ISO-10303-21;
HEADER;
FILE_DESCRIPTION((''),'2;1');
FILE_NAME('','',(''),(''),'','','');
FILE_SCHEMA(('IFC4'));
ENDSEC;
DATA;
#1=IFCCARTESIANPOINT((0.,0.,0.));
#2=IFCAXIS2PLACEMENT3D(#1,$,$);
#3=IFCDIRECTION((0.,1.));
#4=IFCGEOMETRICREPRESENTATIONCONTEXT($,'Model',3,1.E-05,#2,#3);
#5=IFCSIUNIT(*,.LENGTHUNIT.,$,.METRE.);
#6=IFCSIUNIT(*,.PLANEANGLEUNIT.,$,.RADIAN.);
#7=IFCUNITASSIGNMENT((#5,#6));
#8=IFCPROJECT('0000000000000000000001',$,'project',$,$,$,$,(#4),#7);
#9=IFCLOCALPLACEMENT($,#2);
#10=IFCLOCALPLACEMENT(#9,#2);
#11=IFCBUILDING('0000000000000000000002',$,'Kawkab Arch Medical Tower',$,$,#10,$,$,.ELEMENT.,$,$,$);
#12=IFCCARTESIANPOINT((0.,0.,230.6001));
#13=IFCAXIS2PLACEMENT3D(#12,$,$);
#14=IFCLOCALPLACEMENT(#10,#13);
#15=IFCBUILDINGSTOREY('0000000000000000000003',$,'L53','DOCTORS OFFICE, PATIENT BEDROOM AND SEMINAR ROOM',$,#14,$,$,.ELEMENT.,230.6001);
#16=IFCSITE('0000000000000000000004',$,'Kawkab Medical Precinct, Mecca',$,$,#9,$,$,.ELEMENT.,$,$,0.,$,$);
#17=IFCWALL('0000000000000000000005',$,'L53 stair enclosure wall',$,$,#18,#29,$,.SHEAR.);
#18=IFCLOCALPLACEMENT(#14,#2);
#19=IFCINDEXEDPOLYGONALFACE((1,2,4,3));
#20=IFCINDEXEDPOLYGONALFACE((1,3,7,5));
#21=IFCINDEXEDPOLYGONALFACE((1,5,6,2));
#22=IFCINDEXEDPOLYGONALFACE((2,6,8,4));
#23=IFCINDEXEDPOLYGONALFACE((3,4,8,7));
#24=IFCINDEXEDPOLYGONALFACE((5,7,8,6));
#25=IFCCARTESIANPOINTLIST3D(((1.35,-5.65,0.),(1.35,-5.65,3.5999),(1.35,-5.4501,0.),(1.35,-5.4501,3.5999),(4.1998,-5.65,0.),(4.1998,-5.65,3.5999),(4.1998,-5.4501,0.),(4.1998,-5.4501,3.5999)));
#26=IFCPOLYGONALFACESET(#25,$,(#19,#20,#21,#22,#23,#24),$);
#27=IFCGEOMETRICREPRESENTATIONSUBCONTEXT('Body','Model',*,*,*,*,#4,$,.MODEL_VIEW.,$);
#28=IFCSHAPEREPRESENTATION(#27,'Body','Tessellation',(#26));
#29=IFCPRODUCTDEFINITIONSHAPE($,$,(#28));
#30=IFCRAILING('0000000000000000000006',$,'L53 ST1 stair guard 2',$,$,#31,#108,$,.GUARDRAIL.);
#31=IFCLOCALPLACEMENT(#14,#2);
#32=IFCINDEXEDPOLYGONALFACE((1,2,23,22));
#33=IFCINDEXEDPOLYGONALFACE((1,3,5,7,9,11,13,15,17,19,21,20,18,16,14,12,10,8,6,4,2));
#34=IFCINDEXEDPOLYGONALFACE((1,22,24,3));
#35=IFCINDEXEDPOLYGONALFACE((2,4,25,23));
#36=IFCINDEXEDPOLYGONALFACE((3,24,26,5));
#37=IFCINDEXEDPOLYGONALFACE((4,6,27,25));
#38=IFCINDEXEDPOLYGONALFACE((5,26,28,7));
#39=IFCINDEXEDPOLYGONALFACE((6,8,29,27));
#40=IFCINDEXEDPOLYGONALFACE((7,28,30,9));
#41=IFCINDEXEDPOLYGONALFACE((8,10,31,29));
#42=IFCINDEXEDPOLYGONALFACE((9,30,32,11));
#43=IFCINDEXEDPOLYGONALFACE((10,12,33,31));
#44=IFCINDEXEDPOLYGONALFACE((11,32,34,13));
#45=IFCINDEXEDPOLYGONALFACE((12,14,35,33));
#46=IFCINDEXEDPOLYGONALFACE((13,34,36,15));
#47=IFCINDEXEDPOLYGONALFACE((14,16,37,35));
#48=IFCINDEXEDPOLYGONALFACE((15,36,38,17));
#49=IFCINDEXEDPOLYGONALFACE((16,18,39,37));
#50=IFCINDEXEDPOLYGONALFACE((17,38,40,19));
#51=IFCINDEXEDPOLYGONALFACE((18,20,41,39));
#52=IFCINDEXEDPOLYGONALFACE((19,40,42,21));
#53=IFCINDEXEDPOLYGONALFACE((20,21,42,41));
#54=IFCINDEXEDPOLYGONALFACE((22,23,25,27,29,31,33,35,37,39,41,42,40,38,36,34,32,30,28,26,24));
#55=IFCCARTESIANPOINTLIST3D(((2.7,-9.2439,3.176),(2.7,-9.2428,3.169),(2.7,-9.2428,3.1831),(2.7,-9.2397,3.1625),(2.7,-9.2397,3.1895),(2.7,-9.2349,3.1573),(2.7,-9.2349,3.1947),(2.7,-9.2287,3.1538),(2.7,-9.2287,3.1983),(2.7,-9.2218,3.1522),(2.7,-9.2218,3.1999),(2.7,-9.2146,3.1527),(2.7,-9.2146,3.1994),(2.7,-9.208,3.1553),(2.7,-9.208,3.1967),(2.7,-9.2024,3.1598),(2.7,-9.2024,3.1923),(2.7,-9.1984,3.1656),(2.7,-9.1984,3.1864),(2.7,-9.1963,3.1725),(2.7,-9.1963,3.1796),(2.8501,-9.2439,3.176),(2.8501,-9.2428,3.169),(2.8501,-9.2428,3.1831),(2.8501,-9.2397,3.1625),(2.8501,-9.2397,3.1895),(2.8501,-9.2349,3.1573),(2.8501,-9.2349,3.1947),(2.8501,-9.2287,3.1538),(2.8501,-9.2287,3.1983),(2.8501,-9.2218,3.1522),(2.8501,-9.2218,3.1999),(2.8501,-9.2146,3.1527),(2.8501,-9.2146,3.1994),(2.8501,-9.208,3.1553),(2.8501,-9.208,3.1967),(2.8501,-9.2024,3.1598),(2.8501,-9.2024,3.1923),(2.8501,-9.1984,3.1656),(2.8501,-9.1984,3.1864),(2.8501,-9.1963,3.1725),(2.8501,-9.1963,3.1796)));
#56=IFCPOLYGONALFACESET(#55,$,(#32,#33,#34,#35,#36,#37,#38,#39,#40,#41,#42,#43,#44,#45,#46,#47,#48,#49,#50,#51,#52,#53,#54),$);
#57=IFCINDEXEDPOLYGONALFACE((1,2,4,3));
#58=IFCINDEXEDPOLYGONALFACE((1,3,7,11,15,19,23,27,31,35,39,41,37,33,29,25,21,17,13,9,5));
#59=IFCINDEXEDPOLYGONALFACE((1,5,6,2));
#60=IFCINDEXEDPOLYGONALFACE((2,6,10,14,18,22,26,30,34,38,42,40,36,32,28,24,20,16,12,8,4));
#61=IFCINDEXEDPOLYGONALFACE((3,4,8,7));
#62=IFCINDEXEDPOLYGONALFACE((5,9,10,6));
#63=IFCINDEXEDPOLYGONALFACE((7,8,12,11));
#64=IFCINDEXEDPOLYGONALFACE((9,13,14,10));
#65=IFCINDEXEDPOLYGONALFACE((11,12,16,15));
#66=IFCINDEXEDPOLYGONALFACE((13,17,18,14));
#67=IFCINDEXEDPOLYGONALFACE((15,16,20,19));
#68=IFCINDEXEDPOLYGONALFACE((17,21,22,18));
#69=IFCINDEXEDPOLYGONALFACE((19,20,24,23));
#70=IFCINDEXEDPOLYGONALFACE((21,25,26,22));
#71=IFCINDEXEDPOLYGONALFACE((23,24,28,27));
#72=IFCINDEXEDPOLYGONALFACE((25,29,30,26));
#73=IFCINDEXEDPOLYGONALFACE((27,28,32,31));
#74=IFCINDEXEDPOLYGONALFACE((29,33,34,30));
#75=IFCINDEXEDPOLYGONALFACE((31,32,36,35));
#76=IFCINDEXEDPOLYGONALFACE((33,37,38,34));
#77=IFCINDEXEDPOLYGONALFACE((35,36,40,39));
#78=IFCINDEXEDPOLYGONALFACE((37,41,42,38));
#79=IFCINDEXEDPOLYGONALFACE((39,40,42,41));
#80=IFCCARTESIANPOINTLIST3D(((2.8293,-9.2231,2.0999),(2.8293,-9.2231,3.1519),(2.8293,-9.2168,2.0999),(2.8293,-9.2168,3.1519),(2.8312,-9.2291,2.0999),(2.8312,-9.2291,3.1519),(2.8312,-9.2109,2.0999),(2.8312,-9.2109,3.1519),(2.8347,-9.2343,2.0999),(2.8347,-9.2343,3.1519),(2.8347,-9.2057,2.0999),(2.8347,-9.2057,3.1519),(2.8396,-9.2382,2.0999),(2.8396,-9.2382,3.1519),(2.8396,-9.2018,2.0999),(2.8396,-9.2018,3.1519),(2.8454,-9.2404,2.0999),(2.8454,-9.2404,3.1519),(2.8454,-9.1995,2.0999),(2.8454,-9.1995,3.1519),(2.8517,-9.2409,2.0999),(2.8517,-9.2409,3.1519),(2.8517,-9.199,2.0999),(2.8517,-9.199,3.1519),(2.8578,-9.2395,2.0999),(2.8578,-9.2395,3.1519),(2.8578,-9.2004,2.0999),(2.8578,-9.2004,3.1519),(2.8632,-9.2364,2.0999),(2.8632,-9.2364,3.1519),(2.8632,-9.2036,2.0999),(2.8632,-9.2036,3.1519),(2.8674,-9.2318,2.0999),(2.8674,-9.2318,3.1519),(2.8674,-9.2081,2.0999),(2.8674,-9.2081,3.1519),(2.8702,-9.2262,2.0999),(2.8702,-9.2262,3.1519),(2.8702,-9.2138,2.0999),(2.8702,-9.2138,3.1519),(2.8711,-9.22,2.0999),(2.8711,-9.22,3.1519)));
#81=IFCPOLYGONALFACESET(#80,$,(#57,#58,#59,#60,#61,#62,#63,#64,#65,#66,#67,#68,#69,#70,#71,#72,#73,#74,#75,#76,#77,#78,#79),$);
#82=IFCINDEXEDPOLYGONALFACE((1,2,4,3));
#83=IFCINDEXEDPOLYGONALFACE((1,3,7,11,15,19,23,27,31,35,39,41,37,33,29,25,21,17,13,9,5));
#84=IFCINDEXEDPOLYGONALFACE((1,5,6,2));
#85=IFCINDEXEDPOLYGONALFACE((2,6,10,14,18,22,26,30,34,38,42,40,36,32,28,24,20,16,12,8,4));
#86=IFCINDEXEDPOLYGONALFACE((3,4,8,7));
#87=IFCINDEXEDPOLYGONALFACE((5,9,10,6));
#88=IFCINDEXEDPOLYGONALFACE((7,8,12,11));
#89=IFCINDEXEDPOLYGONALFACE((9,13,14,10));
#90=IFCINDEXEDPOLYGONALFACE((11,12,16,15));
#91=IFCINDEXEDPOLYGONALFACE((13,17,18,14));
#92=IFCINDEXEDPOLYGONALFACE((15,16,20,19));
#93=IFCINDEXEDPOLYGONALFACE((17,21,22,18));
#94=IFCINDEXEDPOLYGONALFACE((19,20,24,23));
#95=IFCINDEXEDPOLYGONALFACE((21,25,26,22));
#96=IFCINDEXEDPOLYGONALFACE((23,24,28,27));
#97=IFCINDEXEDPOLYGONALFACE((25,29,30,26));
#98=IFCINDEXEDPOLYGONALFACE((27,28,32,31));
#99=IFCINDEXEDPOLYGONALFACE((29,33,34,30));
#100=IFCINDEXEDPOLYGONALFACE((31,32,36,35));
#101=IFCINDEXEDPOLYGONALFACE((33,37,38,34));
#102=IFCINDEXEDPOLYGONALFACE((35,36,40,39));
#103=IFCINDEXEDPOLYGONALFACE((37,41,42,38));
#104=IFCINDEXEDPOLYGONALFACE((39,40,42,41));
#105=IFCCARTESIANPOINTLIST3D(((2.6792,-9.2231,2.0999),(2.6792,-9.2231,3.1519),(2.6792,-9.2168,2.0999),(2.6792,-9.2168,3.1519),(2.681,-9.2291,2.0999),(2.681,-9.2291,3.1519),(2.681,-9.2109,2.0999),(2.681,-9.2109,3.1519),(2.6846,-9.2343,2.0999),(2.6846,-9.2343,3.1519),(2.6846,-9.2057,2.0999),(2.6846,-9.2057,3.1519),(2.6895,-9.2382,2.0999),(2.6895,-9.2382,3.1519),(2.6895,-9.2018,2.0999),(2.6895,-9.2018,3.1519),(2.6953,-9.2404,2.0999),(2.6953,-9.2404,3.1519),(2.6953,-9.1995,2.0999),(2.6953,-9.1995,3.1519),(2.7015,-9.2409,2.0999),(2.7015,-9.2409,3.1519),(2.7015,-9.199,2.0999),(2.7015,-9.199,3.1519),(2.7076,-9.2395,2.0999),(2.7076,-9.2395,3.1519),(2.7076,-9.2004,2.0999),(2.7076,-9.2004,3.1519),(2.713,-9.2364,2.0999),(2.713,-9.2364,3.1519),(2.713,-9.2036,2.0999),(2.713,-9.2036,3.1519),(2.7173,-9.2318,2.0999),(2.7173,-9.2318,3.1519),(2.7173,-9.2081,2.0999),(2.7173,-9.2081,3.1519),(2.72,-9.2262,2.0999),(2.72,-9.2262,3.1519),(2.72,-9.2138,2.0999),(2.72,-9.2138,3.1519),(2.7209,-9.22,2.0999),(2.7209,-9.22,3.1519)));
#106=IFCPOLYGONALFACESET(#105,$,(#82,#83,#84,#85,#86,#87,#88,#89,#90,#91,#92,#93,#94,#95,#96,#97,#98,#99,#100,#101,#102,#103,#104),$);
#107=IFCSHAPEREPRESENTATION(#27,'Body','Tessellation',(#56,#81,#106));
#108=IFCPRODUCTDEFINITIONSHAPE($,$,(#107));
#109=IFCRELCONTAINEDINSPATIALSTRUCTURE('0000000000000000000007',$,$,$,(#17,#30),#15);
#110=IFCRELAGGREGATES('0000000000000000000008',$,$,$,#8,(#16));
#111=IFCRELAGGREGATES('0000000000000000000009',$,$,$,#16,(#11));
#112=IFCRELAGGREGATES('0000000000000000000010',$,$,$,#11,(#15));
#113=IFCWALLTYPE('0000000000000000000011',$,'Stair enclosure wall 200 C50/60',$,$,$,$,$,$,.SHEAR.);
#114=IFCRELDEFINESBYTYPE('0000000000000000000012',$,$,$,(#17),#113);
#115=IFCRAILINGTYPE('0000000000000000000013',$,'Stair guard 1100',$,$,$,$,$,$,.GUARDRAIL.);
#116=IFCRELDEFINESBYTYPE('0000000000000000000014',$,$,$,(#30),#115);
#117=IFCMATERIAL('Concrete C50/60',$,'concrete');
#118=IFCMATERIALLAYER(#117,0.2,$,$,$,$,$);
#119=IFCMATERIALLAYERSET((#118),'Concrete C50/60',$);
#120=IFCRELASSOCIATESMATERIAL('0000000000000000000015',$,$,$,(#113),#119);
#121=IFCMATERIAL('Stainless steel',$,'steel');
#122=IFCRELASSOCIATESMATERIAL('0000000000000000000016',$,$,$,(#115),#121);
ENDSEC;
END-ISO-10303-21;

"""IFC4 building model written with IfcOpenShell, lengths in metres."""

from ifc_helpers import new_model, si_unit, direction, frame, frame_2d, origin, origin_2d, place, context, subcontext, project, spatial, rectangle, circle, extrude, material, layer, layer_set, type_object, element, save


model = new_model("IFC4")

# Units and contexts
model_context = context("Model", 3, precision=1e-05, world=origin(), true_north=direction((0.0, 1.0)))
body_context = subcontext(model_context, "Body", "Model", "MODEL_VIEW")
ifc_project = project(units=[si_unit("LENGTHUNIT", "METRE"), si_unit("PLANEANGLEUNIT", "RADIAN")], contexts=[model_context])

# Site, building, storey
site_placement = place(None, origin())
site = spatial("IfcSite", under=ifc_project, at=site_placement, Name="Kawkab Medical Precinct, Mecca", CompositionType="ELEMENT", RefElevation=0.0)
building_placement = place(site_placement, origin())
building = spatial("IfcBuilding", under=site, at=building_placement, Name="Kawkab Arch Medical Tower", CompositionType="ELEMENT")
storey_placement = place(building_placement, frame((0.0, 0.0, 230.6001)))
storey = spatial("IfcBuildingStorey", under=building, at=storey_placement, Name="L53", Description="DOCTORS OFFICE, PATIENT BEDROOM AND SEMINAR ROOM", CompositionType="ELEMENT", Elevation=230.6001)

# Wall
ifc_material_1 = material(Name="Concrete C50/60", Category="concrete")
ifc_layer_1 = layer(ifc_material_1, 0.2)
ifc_layer_set_1 = layer_set([ifc_layer_1], Name="Concrete C50/60")
wall_type_1 = type_object("IfcWallType", Name="Stair enclosure wall 200 C50/60", PredefinedType="SHEAR", material=ifc_layer_set_1)
wall_1_placement = place(storey_placement, frame((1.3501, -5.55, 0.0), z_axis=(0.0, 0.0, 1.0), x_axis=(1.0, 0.0, 0.0)))
element("IfcWall", 1, at=wall_1_placement, inside=storey, type_object=wall_type_1, Name="L53 stair enclosure wall", PredefinedType="SHEAR", context=body_context, shape_type="SweptSolid", body=[
    extrude(rectangle(XDim=2.8499, YDim=0.2, at=frame_2d((1.4248, 0.0))), origin(), (0.0, 0.0, 1.0), 3.5999),
])

# Railing
ifc_material_2 = material(Name="Stainless steel", Category="steel")
railing_type = type_object("IfcRailingType", Name="Stair guard 1100", PredefinedType="GUARDRAIL", material=ifc_material_2)
railing_placement = place(storey_placement, frame((2.8501, -9.22, 2.0999)))
element("IfcRailing", 2, at=railing_placement, inside=storey, type_object=railing_type, Name="L53 ST1 stair guard 2", PredefinedType="GUARDRAIL", context=body_context, shape_type="SweptSolid", body=[
    extrude(circle(Radius=0.0239, at=origin_2d()), frame((0.0, 0.0, 1.0762), z_axis=(-1.0, 0.0, 0.0), x_axis=(0.0, -1.0, 0.0)), (0.0, 0.0, 1.0), 0.1501),
    extrude(circle(Radius=0.021, at=origin_2d()), origin(), (0.0, 0.0, 1.0), 1.052),
    extrude(circle(Radius=0.021, at=origin_2d()), frame((-0.1501, 0.0, 0.0)), (0.0, 0.0, 1.0), 1.052),
])

save(model, "model.ifc")
